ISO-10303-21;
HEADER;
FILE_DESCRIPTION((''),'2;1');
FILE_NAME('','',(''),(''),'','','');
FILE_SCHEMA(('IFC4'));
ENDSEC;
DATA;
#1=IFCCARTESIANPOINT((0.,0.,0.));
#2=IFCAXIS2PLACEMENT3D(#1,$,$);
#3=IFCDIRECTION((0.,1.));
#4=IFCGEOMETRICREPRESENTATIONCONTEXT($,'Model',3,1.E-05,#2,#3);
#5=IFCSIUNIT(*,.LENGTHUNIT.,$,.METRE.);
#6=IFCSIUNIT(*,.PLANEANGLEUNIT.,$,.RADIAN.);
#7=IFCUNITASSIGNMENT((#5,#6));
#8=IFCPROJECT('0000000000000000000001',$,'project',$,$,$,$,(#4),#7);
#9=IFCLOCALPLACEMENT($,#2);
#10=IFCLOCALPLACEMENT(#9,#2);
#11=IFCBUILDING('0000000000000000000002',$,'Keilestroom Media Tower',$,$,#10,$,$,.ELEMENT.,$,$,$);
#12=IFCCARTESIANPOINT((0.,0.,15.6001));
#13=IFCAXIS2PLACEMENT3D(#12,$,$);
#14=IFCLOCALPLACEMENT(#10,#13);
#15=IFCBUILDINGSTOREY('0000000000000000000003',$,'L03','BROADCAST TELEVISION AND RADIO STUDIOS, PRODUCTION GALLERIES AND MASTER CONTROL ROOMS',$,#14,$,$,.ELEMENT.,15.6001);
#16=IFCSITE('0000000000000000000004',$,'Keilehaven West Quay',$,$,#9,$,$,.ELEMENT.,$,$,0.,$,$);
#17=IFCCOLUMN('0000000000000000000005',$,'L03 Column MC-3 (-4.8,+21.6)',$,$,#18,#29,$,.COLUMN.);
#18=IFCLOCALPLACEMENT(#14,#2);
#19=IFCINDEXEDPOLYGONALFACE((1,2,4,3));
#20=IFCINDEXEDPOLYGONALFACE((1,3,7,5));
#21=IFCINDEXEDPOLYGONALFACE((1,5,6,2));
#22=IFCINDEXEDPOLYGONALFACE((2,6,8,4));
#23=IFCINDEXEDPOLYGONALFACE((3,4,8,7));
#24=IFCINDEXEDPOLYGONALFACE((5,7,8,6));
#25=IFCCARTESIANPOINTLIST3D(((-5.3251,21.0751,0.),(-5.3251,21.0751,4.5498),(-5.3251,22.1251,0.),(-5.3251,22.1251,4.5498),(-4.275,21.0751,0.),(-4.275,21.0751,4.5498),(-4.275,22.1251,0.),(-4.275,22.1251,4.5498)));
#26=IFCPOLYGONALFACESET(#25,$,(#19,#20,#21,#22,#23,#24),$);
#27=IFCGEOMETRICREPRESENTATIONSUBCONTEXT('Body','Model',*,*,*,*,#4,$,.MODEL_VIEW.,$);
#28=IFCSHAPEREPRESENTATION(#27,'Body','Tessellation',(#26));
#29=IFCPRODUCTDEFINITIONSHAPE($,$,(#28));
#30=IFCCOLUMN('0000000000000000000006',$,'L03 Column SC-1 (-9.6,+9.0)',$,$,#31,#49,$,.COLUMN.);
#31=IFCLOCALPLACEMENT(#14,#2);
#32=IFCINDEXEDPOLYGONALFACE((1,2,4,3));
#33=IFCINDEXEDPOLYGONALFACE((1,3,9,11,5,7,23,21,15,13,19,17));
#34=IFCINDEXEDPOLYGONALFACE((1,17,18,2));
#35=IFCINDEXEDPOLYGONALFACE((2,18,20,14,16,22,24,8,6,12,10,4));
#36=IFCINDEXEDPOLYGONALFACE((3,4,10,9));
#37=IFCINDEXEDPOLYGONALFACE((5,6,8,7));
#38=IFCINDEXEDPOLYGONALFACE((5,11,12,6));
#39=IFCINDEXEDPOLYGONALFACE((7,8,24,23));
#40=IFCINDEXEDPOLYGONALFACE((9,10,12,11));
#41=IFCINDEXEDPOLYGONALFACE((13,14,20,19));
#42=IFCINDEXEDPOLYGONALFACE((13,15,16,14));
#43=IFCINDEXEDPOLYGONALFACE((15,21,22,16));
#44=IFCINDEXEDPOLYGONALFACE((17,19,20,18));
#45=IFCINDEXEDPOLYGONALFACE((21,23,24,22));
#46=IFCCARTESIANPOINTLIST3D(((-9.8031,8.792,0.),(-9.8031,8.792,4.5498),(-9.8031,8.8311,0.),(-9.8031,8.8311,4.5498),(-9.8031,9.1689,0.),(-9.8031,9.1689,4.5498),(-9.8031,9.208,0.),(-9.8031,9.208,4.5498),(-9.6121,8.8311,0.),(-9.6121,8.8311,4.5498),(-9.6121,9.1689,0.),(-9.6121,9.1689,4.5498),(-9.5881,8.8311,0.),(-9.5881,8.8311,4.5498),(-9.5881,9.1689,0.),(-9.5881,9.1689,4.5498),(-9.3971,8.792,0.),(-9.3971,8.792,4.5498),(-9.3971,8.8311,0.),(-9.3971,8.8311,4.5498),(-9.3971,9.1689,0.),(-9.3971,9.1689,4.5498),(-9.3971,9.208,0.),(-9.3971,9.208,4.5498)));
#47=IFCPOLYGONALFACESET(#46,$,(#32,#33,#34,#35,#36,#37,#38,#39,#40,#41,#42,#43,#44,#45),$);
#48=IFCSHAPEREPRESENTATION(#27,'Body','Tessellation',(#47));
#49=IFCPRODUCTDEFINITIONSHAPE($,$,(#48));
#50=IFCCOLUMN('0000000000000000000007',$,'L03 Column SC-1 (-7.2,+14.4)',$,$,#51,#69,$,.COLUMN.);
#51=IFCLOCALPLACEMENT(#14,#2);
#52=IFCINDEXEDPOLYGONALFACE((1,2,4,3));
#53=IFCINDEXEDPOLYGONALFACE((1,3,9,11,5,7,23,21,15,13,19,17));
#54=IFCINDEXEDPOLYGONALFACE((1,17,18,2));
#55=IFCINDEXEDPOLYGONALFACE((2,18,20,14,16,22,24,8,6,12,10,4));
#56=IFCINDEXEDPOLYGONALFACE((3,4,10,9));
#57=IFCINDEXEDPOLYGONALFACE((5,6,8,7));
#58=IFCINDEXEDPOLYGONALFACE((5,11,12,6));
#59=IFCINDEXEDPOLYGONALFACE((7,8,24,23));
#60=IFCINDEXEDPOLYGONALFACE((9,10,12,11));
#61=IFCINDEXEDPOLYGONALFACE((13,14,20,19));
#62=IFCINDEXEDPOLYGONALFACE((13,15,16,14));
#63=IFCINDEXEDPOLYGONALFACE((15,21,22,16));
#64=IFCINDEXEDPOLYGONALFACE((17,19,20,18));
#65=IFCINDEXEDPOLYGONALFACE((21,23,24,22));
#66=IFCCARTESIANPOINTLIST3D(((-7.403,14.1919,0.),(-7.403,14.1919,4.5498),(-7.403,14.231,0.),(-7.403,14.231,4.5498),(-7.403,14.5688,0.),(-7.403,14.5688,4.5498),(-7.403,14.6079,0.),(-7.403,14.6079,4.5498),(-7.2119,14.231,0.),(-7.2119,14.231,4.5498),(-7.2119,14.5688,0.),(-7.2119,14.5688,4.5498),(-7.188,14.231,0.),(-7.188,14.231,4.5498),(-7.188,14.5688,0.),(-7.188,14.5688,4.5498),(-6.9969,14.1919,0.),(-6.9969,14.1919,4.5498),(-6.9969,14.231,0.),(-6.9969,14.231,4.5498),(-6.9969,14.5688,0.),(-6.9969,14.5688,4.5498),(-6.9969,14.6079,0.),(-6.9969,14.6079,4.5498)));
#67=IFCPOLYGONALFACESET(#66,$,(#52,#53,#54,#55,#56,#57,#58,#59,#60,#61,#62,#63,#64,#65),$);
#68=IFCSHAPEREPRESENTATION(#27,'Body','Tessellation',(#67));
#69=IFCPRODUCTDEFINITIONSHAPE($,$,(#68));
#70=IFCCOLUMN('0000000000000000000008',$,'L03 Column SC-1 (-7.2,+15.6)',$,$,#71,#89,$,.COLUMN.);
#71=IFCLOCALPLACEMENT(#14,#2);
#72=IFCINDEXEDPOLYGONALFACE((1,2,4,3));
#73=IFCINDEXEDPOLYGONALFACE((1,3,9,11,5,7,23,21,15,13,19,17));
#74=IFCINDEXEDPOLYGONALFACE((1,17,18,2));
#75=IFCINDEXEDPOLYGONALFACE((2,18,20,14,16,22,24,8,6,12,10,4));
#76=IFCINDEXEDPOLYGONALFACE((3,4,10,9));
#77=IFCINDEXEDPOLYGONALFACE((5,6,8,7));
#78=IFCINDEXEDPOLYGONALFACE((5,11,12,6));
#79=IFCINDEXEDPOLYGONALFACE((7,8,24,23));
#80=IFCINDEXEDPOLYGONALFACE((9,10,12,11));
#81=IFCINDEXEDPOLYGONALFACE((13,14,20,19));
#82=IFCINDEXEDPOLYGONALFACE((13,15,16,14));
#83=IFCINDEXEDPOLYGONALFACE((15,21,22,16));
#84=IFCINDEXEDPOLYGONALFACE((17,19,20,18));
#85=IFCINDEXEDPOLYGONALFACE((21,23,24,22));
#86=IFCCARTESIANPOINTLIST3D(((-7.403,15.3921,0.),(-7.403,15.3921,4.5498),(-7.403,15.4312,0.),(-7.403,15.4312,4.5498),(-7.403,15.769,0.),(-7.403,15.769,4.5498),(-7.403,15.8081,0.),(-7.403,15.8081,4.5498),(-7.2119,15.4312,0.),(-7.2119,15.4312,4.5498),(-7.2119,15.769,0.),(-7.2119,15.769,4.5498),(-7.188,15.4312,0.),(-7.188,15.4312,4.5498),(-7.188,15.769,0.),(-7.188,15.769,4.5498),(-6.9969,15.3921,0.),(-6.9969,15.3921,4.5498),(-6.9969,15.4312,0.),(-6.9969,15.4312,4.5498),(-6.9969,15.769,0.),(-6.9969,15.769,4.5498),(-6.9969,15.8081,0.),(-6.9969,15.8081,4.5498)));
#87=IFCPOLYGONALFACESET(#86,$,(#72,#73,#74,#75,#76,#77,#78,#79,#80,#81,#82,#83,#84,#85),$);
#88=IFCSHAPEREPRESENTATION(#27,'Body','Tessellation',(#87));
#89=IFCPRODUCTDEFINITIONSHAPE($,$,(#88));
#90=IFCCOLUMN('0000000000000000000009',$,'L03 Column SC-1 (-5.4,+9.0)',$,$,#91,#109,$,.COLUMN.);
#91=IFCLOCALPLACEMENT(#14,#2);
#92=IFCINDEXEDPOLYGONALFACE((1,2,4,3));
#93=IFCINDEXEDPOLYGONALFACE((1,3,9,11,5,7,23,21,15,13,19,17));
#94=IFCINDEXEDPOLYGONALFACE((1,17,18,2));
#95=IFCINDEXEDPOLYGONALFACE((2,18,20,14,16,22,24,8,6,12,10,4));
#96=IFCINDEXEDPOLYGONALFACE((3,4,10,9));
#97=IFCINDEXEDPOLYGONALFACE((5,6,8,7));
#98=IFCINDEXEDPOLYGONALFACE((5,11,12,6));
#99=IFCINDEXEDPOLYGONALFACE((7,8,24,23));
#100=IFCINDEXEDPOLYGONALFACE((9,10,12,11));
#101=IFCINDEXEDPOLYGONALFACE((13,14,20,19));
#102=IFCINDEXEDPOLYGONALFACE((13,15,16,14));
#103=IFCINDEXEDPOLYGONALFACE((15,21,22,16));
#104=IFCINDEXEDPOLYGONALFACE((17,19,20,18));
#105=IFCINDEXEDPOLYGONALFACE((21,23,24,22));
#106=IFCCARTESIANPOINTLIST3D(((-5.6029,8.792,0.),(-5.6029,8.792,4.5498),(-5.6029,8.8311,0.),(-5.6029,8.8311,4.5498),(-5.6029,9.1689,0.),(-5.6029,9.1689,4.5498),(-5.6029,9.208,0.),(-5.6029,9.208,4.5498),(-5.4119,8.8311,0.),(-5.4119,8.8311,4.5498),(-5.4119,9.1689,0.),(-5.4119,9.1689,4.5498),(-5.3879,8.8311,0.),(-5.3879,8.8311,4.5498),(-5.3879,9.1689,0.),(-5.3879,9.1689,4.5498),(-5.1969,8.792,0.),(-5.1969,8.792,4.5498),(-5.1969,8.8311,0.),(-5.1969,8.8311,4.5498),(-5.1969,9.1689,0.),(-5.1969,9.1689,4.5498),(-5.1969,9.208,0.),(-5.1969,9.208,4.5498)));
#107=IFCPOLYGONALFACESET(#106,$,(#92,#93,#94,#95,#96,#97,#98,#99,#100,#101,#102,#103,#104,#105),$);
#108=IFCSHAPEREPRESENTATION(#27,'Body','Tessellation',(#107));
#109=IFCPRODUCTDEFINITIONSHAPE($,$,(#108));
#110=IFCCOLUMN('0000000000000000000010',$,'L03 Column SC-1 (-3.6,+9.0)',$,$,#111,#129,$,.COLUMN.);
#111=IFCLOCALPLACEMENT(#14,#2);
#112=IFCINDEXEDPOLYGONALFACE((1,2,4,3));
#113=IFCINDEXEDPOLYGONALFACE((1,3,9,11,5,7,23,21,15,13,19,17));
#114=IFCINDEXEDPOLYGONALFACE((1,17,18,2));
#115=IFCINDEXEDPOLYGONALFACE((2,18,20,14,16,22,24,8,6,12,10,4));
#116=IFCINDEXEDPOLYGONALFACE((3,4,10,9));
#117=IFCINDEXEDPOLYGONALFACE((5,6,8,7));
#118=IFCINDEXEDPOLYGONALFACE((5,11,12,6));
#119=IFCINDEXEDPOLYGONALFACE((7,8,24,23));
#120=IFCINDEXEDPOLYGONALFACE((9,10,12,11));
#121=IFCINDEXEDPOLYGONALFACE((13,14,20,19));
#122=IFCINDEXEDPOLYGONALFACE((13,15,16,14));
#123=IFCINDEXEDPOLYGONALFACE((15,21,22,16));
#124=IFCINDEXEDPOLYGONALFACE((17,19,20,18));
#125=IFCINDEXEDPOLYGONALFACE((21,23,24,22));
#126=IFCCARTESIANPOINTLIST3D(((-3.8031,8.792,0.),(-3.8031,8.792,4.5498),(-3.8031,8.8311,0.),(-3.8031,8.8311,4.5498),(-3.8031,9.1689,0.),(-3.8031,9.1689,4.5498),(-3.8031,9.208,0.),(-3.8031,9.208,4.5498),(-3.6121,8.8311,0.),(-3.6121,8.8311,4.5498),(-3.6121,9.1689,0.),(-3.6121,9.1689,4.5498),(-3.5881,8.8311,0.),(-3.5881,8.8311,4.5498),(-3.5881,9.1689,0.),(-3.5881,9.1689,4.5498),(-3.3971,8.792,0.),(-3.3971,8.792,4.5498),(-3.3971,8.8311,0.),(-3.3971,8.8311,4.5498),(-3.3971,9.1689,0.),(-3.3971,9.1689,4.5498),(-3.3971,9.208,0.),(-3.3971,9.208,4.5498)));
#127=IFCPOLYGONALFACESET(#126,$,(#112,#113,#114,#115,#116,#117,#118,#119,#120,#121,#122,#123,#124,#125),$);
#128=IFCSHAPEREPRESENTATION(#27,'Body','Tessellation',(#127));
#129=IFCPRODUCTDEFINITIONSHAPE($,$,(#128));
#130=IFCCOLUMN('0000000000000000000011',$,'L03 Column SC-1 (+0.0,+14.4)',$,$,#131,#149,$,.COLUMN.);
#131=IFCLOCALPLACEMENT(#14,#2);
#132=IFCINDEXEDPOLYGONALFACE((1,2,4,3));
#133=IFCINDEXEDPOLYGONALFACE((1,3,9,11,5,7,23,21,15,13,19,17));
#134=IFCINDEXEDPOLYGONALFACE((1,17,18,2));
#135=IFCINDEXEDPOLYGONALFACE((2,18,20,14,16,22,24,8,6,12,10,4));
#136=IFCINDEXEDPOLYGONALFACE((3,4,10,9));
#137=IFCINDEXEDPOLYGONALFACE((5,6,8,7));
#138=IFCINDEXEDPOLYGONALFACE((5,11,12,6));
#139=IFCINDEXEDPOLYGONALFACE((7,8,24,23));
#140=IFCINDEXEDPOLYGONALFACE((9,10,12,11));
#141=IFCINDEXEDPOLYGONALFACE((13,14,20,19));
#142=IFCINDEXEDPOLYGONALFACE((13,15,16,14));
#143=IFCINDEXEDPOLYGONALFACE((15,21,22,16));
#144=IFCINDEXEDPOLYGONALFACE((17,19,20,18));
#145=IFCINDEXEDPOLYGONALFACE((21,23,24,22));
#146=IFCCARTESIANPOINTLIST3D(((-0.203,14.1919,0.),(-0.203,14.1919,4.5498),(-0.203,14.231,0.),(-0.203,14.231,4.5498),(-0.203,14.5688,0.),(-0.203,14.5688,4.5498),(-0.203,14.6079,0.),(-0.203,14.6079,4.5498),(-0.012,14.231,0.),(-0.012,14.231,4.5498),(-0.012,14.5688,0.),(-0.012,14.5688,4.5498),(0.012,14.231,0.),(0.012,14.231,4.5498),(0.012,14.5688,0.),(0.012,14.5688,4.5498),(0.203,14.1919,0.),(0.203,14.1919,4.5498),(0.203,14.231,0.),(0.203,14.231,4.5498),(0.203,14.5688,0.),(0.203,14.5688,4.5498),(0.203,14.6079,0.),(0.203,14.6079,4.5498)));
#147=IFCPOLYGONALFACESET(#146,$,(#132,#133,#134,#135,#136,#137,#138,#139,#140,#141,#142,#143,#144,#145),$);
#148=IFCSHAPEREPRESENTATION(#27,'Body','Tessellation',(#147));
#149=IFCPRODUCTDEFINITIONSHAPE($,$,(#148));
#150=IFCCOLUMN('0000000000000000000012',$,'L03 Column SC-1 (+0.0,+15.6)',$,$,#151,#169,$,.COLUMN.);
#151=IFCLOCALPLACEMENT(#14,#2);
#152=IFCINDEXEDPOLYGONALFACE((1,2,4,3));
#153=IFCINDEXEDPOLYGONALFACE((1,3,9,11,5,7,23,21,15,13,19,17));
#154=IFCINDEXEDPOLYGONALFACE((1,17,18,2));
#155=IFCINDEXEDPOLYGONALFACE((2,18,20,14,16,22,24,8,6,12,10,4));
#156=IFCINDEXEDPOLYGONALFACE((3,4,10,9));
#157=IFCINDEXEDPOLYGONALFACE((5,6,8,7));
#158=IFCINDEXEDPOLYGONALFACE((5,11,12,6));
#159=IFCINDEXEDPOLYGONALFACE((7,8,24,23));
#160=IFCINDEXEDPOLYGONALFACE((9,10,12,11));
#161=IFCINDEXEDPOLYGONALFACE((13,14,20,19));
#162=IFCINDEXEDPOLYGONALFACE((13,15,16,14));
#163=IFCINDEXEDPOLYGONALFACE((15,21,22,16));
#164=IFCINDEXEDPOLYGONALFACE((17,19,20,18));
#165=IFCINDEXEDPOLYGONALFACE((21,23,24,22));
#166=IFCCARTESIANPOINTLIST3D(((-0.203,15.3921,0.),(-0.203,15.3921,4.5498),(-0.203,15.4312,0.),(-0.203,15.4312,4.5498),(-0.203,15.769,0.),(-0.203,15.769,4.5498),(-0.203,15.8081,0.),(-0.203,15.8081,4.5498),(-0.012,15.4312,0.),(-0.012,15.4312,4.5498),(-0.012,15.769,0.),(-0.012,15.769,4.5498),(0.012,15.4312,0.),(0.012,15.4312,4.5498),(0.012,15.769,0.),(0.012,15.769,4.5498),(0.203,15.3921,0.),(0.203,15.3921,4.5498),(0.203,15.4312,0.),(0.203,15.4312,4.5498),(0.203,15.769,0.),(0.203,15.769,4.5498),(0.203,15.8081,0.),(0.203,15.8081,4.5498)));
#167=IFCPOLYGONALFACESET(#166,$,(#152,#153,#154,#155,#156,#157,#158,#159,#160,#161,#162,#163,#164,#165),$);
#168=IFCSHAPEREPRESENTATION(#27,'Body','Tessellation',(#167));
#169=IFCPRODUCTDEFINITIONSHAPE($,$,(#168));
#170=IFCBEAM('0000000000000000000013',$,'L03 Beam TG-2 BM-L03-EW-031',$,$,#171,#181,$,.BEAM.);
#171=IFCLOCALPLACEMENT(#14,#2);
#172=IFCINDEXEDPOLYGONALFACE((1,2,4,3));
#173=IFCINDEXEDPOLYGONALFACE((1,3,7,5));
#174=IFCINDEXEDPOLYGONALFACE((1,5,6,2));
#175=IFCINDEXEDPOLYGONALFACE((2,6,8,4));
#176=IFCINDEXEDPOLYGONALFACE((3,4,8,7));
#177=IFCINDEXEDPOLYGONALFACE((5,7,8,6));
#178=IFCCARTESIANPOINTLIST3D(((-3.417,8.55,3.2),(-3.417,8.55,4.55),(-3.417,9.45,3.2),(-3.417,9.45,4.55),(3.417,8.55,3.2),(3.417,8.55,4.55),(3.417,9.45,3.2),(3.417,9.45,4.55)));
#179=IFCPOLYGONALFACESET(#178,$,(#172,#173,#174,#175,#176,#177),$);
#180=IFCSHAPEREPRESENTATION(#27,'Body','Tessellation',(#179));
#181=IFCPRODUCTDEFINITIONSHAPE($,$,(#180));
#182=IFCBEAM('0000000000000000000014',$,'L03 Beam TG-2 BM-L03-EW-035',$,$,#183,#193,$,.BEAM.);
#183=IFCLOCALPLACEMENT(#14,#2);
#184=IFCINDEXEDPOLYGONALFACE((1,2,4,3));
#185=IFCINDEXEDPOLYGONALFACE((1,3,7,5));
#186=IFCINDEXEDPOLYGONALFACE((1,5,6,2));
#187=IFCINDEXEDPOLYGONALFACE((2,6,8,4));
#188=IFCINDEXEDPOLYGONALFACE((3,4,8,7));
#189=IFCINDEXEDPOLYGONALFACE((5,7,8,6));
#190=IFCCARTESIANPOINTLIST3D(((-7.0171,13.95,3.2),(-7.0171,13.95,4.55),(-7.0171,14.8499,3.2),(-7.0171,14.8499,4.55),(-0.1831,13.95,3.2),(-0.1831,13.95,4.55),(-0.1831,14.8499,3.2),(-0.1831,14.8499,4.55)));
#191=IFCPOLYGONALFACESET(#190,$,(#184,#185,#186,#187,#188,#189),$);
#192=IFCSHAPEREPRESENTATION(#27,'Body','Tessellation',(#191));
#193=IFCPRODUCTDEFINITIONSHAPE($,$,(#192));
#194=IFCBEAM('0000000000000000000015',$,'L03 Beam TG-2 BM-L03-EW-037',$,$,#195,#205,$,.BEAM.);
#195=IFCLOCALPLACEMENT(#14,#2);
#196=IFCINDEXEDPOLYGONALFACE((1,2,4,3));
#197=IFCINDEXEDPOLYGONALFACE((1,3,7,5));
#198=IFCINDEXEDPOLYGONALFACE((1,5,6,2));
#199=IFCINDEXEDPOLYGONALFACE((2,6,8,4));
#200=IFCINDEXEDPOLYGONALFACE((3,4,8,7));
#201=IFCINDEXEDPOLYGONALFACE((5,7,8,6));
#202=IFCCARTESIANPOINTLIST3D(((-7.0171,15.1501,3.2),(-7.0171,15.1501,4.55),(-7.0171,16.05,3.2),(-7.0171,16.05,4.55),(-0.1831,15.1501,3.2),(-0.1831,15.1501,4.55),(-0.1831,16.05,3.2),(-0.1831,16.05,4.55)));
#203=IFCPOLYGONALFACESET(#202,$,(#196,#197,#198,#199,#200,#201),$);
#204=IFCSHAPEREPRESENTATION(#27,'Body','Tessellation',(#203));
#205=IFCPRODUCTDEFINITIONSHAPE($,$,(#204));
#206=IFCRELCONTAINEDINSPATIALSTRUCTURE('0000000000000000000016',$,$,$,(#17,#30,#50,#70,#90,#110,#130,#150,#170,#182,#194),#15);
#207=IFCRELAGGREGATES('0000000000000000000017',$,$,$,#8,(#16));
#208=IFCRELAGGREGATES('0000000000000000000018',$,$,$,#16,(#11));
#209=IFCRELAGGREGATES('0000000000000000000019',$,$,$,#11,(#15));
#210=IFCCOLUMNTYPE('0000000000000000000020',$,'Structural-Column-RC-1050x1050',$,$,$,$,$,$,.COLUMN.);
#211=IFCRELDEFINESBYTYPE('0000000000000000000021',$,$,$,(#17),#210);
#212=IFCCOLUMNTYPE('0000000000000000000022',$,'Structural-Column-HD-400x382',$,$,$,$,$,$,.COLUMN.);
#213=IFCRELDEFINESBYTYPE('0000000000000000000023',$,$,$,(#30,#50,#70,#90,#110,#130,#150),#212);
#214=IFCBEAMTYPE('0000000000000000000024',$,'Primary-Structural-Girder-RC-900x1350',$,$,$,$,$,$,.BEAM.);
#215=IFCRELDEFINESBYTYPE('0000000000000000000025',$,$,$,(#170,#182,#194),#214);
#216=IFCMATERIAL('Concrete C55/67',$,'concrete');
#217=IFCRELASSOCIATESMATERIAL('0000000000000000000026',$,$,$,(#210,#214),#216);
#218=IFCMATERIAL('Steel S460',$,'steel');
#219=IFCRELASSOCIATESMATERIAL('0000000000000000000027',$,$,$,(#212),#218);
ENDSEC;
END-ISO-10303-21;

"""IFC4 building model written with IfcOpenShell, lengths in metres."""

from ifc_helpers import new_model, si_unit, direction, frame, origin, origin_2d, place, context, subcontext, project, spatial, rectangle, i_section, extrude, source, transform, mapped, material, material_profile, profile_set, type_object, element, save


model = new_model("IFC4")

# Units and contexts
model_context = context("Model", 3, precision=1e-05, world=origin(), true_north=direction((0.0, 1.0)))
body_context = subcontext(model_context, "Body", "Model", "MODEL_VIEW")
ifc_project = project(units=[si_unit("LENGTHUNIT", "METRE"), si_unit("PLANEANGLEUNIT", "RADIAN")], contexts=[model_context])

# Site, building, storey
site_placement = place(None, origin())
site = spatial("IfcSite", under=ifc_project, at=site_placement, Name="Keilehaven West Quay", CompositionType="ELEMENT", RefElevation=0.0)
building_placement = place(site_placement, origin())
building = spatial("IfcBuilding", under=site, at=building_placement, Name="Keilestroom Media Tower", CompositionType="ELEMENT")
storey_placement = place(building_placement, frame((0.0, 0.0, 15.6001)))
storey = spatial("IfcBuildingStorey", under=building, at=storey_placement, Name="L03", Description="BROADCAST TELEVISION AND RADIO STUDIOS, PRODUCTION GALLERIES AND MASTER CONTROL ROOMS", CompositionType="ELEMENT", Elevation=15.6001)

# Columns
ifc_material_1 = material(Name="Concrete C55/67", Category="concrete")
ifc_material_profile_1 = material_profile(ifc_material_1, rectangle(XDim=1.05, YDim=1.05, at=origin_2d()), Name="RC 1050x1050")
ifc_profile_set_1 = profile_set([ifc_material_profile_1], Name="Concrete C55/67")
column_type_1 = type_object("IfcColumnType", Name="Structural-Column-RC-1050x1050", PredefinedType="COLUMN", material=ifc_profile_set_1)
shared_shape_1 = source(origin(), body_context, "Body", "SweptSolid", [
    extrude(rectangle(XDim=1.05, YDim=1.05, at=origin_2d()), origin(), (0.0, 0.0, 1.0), 4.5498),
])
column_placement = place(storey_placement, frame((-4.8, 21.6001, 0.0), z_axis=(0.0, 0.0, 1.0), x_axis=(1.0, 0.0, 0.0)))
element("IfcColumn", 1, at=column_placement, inside=storey, type_object=column_type_1, Name="L03 Column MC-3 (-4.8,+21.6)", PredefinedType="COLUMN", context=body_context, shape_type="MappedRepresentation", body=[
    mapped(shared_shape_1, transform((0.0, 0.0, 0.0), x_axis=(1.0, 0.0, 0.0), y_axis=(0.0, 1.0, 0.0), z_axis=(0.0, 0.0, 1.0), scale=1.0)),
])
ifc_material_2 = material(Name="Steel S460", Category="steel")
ifc_material_profile_2 = material_profile(ifc_material_2, i_section(OverallWidth=0.406, OverallDepth=0.416, WebThickness=0.0239, FlangeThickness=0.0391, at=origin_2d()), Name="HD 400x382")
ifc_profile_set_2 = profile_set([ifc_material_profile_2], Name="Steel S460")
column_type_2 = type_object("IfcColumnType", Name="Structural-Column-HD-400x382", PredefinedType="COLUMN", material=ifc_profile_set_2)
shared_shape_2 = source(origin(), body_context, "Body", "SweptSolid", [
    extrude(i_section(OverallWidth=0.406, OverallDepth=0.416, WebThickness=0.0239, FlangeThickness=0.0391, at=origin_2d()), origin(), (0.0, 0.0, 1.0), 4.5498),
])
for number, where, z_axis, x_axis, name in (
    (2, (-9.6001, 9.0, 0.0), (0.0, 0.0, 1.0), (1.0, 0.0, 0.0), "L03 Column SC-1 (-9.6,+9.0)"),
    (3, (-7.2, 14.3999, 0.0), (0.0, 0.0, 1.0), (1.0, 0.0, 0.0), "L03 Column SC-1 (-7.2,+14.4)"),
    (4, (-7.2, 15.6001, 0.0), (0.0, 0.0, 1.0), (1.0, 0.0, 0.0), "L03 Column SC-1 (-7.2,+15.6)"),
    (5, (-5.3999, 9.0, 0.0), (0.0, 0.0, 1.0), (1.0, 0.0, 0.0), "L03 Column SC-1 (-5.4,+9.0)"),
    (6, (-3.6001, 9.0, 0.0), (0.0, 0.0, 1.0), (1.0, 0.0, 0.0), "L03 Column SC-1 (-3.6,+9.0)"),
    (7, (0.0, 14.3999, 0.0), (0.0, 0.0, 1.0), (1.0, 0.0, 0.0), "L03 Column SC-1 (+0.0,+14.4)"),
    (8, (0.0, 15.6001, 0.0), (0.0, 0.0, 1.0), (1.0, 0.0, 0.0), "L03 Column SC-1 (+0.0,+15.6)"),
):
    element("IfcColumn", number, at=place(storey_placement, frame(where, z_axis=z_axis, x_axis=x_axis)), inside=storey, type_object=column_type_2, Name=name, PredefinedType="COLUMN", context=body_context, shape_type="MappedRepresentation", body=[
        mapped(shared_shape_2, transform((0.0, 0.0, 0.0), x_axis=(1.0, 0.0, 0.0), y_axis=(0.0, 1.0, 0.0), z_axis=(0.0, 0.0, 1.0), scale=1.0)),
    ])

# Beams
ifc_material_profile_3 = material_profile(ifc_material_1, rectangle(XDim=0.8999, YDim=1.3501, at=origin_2d()), Name="RC 900x1350")
ifc_profile_set_3 = profile_set([ifc_material_profile_3], Name="Concrete C55/67")
beam_type = type_object("IfcBeamType", Name="Primary-Structural-Girder-RC-900x1350", PredefinedType="BEAM", material=ifc_profile_set_3)
shared_shape_3 = source(origin(), body_context, "Body", "SweptSolid", [
    extrude(rectangle(XDim=0.8999, YDim=1.3501, at=origin_2d()), origin(), (0.0, 0.0, 1.0), 6.834),
])
for number, where, z_axis, x_axis, name in (
    (9, (-3.417, 9.0, 3.875), (1.0, 0.0, 0.0), (0.0, 1.0, 0.0), "L03 Beam TG-2 BM-L03-EW-031"),
    (10, (-7.0171, 14.3999, 3.875), (1.0, 0.0, 0.0), (0.0, 1.0, 0.0), "L03 Beam TG-2 BM-L03-EW-035"),
    (11, (-7.0171, 15.6001, 3.875), (1.0, 0.0, 0.0), (0.0, 1.0, 0.0), "L03 Beam TG-2 BM-L03-EW-037"),
):
    element("IfcBeam", number, at=place(storey_placement, frame(where, z_axis=z_axis, x_axis=x_axis)), inside=storey, type_object=beam_type, Name=name, PredefinedType="BEAM", context=body_context, shape_type="MappedRepresentation", body=[
        mapped(shared_shape_3, transform((0.0, 0.0, 0.0), x_axis=(1.0, 0.0, 0.0), y_axis=(0.0, 1.0, 0.0), z_axis=(0.0, 0.0, 1.0), scale=1.0)),
    ])

save(model, "model.ifc")
